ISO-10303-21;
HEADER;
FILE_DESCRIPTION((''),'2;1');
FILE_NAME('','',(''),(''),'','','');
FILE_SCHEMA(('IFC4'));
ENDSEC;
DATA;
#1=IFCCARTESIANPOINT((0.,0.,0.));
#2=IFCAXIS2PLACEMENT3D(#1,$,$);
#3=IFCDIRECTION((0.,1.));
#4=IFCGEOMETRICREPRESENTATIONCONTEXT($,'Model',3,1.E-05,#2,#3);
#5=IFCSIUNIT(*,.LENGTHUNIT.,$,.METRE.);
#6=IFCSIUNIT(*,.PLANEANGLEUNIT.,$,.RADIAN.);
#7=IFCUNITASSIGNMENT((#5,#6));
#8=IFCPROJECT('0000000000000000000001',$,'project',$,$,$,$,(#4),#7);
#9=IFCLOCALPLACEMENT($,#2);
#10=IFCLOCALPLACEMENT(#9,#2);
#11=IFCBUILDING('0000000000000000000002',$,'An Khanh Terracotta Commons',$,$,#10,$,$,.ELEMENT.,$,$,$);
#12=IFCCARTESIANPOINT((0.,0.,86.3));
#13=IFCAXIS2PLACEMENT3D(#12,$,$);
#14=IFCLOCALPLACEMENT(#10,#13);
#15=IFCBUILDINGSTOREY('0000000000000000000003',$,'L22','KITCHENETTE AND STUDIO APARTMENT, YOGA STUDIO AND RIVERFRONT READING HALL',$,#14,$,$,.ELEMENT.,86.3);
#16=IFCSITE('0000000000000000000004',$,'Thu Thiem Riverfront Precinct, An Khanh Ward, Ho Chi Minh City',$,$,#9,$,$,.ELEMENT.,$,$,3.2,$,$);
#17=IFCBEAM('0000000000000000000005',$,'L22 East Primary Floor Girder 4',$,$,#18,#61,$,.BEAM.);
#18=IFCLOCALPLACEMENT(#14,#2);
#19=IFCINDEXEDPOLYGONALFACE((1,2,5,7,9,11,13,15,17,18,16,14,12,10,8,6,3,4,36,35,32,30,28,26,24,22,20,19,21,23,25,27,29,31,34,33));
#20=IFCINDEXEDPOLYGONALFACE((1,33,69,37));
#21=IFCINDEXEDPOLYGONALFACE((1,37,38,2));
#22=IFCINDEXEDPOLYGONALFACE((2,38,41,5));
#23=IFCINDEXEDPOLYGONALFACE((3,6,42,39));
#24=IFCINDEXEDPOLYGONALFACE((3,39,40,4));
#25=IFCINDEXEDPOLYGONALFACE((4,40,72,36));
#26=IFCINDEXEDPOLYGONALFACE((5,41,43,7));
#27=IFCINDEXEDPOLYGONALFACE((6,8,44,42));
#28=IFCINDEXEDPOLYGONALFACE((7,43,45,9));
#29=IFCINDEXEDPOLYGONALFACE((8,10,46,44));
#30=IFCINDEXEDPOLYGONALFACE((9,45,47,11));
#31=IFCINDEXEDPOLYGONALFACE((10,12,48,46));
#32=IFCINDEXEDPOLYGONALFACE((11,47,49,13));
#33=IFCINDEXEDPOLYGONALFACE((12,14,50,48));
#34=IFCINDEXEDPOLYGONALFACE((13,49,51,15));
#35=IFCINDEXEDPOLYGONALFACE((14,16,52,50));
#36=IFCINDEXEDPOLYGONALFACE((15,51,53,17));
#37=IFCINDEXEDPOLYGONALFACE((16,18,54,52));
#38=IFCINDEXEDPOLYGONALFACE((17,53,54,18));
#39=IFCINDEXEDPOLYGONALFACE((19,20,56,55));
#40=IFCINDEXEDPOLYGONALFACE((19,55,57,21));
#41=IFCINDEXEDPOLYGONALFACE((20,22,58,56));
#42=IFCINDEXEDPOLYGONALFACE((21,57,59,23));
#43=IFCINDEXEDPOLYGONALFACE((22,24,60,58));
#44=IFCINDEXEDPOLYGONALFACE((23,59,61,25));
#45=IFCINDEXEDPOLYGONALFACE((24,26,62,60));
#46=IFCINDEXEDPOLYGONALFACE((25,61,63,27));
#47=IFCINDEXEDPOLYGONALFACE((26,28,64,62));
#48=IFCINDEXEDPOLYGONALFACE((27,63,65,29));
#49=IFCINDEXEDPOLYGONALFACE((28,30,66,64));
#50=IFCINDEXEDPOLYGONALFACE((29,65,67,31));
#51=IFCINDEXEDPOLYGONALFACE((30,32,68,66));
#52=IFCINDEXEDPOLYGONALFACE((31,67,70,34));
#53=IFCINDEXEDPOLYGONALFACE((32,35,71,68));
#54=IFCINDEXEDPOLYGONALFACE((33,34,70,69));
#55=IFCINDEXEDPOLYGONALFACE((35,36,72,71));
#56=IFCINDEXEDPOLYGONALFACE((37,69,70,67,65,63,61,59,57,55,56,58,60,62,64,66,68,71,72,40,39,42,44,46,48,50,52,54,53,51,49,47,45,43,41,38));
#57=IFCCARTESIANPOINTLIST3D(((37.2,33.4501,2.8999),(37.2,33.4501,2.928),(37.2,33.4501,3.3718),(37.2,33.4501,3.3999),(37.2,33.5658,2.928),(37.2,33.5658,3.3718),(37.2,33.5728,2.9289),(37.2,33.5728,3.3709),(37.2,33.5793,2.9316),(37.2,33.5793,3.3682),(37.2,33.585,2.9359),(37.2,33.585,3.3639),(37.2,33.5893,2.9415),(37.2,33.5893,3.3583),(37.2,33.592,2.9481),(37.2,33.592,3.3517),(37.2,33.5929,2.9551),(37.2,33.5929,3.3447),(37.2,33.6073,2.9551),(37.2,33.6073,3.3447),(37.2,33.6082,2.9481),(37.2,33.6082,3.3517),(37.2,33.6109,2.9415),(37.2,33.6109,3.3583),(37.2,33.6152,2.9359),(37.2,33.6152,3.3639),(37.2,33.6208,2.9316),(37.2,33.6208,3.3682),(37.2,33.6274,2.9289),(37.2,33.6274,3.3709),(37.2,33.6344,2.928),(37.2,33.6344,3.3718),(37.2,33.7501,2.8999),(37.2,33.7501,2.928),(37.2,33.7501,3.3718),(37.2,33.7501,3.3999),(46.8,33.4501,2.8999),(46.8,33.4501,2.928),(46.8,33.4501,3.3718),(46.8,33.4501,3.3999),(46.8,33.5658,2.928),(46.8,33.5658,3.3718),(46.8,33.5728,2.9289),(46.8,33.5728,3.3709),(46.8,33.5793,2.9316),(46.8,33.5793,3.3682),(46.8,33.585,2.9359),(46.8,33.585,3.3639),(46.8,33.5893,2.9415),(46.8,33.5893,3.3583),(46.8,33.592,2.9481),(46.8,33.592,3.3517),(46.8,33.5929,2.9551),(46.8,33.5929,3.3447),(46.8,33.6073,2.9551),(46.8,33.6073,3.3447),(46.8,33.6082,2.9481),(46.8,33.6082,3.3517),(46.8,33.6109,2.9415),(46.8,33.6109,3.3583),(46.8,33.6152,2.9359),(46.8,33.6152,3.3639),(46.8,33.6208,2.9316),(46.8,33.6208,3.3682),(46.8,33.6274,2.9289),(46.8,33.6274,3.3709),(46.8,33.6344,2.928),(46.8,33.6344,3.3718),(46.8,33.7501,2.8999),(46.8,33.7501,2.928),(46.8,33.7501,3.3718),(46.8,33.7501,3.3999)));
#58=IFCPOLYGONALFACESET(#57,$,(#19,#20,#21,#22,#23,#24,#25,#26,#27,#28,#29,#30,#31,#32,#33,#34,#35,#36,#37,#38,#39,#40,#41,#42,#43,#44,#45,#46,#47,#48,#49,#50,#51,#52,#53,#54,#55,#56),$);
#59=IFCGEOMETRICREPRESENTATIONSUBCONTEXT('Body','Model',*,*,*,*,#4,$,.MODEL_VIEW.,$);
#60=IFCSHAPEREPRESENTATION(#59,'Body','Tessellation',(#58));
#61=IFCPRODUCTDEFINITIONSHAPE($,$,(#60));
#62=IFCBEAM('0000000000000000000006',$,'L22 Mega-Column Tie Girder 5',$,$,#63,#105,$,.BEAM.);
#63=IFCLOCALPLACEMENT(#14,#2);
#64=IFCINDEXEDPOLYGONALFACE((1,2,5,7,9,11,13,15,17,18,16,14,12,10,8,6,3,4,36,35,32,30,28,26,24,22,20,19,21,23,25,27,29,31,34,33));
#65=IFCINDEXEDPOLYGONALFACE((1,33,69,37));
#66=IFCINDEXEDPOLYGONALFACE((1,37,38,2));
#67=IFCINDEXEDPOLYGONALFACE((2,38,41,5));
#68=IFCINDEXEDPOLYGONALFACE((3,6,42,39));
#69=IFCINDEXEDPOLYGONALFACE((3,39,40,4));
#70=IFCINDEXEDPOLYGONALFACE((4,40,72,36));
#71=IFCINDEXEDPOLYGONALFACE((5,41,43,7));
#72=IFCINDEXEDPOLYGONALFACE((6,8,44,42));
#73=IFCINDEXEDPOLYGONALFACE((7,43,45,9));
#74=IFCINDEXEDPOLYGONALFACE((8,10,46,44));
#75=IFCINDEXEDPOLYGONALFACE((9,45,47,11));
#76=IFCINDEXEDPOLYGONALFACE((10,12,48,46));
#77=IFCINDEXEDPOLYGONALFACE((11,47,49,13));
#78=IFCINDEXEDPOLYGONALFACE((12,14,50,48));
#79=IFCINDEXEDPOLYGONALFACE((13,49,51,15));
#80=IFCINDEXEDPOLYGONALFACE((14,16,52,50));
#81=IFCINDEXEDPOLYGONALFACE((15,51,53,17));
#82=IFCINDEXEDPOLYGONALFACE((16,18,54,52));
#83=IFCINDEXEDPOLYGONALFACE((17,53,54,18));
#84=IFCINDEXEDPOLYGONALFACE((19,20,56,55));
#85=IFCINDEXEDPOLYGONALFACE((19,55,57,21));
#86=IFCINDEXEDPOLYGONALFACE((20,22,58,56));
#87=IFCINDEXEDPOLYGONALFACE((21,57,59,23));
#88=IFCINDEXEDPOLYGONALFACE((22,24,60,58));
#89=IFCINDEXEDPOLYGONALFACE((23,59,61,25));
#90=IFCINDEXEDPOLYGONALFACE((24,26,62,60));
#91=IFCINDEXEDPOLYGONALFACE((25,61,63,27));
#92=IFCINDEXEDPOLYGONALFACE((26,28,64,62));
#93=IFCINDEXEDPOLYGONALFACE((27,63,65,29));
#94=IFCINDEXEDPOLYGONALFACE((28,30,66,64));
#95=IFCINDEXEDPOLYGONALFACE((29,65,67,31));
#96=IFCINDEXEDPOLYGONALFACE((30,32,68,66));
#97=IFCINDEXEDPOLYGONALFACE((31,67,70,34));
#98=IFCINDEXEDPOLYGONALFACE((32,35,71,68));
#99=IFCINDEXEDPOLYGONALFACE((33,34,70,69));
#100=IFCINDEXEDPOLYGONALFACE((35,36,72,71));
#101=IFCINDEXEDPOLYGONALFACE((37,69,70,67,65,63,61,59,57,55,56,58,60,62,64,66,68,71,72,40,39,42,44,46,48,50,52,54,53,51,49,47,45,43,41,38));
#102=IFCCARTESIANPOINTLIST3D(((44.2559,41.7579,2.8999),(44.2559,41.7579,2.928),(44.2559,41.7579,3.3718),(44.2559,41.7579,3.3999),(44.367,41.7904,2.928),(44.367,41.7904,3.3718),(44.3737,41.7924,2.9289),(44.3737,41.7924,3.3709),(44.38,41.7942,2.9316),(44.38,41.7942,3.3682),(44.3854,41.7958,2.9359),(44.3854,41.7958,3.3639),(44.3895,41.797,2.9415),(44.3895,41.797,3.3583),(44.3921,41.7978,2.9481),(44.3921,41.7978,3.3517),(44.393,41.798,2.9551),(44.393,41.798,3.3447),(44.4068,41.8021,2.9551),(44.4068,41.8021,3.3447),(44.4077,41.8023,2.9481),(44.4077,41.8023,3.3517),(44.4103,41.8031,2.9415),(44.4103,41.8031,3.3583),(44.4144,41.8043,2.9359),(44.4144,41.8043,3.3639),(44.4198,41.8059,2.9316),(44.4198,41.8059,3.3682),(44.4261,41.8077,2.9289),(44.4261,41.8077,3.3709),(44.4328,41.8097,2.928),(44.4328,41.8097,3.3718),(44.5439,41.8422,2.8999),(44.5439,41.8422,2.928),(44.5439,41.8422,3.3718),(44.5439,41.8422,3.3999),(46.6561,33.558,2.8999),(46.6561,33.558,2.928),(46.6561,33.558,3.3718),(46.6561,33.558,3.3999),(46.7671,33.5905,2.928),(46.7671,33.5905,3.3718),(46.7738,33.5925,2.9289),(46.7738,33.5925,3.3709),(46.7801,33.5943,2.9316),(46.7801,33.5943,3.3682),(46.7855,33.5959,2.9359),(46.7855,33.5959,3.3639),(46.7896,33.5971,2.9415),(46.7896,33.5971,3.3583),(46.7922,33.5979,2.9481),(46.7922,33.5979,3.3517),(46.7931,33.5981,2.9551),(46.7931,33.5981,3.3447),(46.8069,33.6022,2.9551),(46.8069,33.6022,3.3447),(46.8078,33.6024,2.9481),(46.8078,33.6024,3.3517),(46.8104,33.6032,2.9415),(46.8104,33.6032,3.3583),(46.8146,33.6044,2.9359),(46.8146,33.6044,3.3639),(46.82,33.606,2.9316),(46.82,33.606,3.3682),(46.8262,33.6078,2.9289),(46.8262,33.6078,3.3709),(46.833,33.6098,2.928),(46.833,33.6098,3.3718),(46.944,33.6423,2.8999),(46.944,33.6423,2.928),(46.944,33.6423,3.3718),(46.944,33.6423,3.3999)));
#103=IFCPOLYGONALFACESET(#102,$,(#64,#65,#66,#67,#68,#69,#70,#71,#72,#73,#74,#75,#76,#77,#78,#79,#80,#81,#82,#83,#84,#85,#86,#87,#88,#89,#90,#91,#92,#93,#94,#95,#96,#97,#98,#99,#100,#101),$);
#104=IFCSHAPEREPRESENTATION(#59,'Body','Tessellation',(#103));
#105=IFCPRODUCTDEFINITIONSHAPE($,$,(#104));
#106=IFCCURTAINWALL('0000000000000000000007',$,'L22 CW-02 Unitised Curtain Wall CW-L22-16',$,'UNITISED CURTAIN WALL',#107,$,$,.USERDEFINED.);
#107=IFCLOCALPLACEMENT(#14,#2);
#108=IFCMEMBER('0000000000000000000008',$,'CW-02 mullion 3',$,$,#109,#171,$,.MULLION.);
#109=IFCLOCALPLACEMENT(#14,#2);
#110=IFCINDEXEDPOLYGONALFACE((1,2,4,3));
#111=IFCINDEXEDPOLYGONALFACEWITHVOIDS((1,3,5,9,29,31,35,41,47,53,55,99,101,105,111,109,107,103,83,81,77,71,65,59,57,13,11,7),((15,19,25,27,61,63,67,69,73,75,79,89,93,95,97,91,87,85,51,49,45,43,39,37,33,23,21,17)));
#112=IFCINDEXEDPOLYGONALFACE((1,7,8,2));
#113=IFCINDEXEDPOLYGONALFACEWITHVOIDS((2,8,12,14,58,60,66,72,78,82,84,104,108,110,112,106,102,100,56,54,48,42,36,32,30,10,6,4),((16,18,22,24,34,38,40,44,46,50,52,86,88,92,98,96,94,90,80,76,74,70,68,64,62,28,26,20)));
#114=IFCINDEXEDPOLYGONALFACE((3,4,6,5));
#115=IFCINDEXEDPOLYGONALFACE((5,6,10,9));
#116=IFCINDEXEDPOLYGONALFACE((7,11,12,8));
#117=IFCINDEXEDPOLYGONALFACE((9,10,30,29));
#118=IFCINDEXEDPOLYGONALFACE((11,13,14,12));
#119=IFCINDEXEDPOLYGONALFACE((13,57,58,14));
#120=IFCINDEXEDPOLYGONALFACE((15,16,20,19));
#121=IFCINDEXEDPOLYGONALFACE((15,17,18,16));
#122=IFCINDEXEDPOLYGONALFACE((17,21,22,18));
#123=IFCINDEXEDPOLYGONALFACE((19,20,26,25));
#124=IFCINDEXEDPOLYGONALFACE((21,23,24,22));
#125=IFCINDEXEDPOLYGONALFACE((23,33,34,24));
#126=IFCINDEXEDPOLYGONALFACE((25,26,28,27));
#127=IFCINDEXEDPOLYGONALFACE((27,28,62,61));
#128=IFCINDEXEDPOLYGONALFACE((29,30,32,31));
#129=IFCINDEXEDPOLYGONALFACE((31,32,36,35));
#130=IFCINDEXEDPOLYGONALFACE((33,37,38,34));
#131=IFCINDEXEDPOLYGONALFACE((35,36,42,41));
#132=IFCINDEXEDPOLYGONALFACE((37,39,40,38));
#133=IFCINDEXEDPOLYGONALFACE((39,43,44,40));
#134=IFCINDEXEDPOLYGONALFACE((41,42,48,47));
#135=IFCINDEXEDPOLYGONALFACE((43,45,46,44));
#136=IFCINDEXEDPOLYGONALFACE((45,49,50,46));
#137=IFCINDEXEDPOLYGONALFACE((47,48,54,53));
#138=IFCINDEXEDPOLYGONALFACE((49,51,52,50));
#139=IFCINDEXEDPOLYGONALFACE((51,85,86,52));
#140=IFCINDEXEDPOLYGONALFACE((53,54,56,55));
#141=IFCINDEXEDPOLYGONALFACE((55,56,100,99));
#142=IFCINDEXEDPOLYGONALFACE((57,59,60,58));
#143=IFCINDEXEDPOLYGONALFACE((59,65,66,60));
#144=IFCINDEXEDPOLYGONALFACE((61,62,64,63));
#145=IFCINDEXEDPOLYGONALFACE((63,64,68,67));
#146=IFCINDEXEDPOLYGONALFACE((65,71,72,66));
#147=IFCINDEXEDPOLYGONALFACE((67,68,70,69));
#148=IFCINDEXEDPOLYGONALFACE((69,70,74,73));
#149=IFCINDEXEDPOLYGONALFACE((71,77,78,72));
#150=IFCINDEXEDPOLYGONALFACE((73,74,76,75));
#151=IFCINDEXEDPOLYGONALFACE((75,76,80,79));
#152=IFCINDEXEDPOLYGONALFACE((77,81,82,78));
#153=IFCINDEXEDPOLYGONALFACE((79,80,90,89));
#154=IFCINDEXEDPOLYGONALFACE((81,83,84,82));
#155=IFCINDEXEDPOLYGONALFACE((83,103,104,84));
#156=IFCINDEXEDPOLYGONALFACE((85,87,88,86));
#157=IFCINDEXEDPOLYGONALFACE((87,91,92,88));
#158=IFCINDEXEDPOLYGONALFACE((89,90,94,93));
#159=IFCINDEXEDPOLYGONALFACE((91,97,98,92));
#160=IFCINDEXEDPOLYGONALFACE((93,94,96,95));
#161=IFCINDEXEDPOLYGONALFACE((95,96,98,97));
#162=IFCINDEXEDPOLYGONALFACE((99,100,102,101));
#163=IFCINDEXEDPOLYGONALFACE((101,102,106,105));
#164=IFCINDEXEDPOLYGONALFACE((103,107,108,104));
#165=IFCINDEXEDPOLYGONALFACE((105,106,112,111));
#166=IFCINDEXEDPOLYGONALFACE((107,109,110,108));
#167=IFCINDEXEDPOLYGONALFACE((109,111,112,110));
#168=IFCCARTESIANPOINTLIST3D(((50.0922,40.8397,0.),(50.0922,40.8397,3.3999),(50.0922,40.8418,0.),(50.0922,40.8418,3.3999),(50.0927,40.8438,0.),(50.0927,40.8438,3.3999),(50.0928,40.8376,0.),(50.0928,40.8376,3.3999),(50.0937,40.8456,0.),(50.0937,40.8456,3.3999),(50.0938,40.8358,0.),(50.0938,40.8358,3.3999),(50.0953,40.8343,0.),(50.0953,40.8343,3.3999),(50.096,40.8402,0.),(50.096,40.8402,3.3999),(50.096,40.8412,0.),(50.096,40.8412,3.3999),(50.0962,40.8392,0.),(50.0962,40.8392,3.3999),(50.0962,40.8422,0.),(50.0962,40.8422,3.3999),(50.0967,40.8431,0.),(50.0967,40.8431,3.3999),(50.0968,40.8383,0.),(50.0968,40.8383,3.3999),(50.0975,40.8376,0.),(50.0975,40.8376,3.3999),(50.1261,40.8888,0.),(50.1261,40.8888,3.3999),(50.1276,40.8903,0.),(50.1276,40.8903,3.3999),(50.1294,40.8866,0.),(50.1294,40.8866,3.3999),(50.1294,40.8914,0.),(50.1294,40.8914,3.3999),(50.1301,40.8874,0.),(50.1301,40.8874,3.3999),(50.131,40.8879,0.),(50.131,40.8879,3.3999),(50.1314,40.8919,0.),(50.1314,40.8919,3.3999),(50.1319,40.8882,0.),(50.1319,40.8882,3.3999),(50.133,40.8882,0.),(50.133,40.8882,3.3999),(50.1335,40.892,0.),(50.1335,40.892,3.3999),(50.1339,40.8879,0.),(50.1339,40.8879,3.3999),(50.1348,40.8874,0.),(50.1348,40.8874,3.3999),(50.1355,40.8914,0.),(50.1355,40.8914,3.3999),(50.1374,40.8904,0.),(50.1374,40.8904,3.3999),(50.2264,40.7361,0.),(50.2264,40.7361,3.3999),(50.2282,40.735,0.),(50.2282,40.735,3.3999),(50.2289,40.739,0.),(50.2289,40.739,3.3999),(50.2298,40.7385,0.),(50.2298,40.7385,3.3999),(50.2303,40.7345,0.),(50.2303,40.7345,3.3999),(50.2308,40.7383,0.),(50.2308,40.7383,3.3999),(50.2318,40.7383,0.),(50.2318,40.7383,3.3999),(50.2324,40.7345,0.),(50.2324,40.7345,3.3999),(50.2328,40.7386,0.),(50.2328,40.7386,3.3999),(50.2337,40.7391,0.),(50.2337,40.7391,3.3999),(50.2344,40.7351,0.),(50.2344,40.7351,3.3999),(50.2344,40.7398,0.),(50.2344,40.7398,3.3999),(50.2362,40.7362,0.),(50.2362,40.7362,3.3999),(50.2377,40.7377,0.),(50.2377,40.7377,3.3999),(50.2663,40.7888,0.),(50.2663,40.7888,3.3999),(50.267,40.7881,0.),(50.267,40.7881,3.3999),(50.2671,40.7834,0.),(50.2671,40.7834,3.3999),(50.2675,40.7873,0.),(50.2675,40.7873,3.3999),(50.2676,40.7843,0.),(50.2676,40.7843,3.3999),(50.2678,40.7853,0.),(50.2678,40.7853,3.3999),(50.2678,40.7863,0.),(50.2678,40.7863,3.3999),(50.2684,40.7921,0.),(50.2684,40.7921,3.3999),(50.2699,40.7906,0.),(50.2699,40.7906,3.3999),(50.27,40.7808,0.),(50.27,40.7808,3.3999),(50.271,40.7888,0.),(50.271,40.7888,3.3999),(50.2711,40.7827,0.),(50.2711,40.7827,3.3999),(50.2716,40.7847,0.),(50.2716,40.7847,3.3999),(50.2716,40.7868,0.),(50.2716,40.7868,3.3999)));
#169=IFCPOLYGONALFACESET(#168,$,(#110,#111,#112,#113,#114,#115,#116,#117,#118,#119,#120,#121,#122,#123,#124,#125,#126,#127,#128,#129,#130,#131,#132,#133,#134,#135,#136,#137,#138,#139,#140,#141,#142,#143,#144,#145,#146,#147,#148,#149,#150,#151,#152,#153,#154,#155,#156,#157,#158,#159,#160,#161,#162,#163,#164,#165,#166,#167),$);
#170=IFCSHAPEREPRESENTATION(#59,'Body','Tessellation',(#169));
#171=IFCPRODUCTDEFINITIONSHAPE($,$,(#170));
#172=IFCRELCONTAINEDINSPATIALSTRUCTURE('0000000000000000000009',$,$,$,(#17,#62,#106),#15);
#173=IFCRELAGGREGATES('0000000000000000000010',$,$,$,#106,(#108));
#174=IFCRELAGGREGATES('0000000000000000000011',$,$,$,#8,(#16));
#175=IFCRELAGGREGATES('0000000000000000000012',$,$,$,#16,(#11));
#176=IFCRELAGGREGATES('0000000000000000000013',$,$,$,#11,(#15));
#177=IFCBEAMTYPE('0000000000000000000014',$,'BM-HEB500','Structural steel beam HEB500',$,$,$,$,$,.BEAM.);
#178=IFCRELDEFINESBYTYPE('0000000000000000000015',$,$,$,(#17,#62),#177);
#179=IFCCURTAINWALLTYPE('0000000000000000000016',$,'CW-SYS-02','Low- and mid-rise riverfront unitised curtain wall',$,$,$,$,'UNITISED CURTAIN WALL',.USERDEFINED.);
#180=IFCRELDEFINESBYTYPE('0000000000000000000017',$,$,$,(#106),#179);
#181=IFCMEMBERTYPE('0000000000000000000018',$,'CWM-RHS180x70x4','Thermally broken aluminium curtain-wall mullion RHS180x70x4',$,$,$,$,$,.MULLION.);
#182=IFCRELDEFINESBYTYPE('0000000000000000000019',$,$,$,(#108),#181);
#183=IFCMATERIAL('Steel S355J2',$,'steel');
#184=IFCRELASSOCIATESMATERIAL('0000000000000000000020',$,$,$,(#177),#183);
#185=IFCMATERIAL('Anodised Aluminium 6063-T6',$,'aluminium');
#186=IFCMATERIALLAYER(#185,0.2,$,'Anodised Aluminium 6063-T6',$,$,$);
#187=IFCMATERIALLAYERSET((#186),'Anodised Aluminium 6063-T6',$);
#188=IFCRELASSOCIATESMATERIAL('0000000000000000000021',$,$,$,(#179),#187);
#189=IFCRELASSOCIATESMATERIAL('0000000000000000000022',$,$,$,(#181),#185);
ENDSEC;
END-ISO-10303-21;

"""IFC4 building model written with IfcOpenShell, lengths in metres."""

from ifc_helpers import new_model, si_unit, direction, frame, origin, origin_2d, place, context, subcontext, project, spatial, hollow_rectangle, i_section, extrude, material, layer, layer_set, material_profile, profile_set, type_object, element, aggregate, save


model = new_model("IFC4")

# Units and contexts
model_context = context("Model", 3, precision=1e-05, world=origin(), true_north=direction((0.0, 1.0)))
body_context = subcontext(model_context, "Body", "Model", "MODEL_VIEW")
ifc_project = project(units=[si_unit("LENGTHUNIT", "METRE"), si_unit("PLANEANGLEUNIT", "RADIAN")], contexts=[model_context])

# Site, building, storey
site_placement = place(None, origin())
site = spatial("IfcSite", under=ifc_project, at=site_placement, Name="Thu Thiem Riverfront Precinct, An Khanh Ward, Ho Chi Minh City", CompositionType="ELEMENT", RefElevation=3.2)
building_placement = place(site_placement, origin())
building = spatial("IfcBuilding", under=site, at=building_placement, Name="An Khanh Terracotta Commons", CompositionType="ELEMENT")
storey_placement = place(building_placement, frame((0.0, 0.0, 86.3)))
storey = spatial("IfcBuildingStorey", under=building, at=storey_placement, Name="L22", Description="KITCHENETTE AND STUDIO APARTMENT, YOGA STUDIO AND RIVERFRONT READING HALL", CompositionType="ELEMENT", Elevation=86.3)

# Beams
ifc_material_1 = material(Name="Steel S355J2", Category="steel")
ifc_material_profile_1 = material_profile(ifc_material_1, i_section(OverallWidth=0.3, OverallDepth=0.5, WebThickness=0.0144, FlangeThickness=0.0281, FilletRadius=0.0271, at=origin_2d()), Name="HEB500")
ifc_profile_set_1 = profile_set([ifc_material_profile_1], Name="Steel S355J2")
beam_type = type_object("IfcBeamType", Name="BM-HEB500", Description="Structural steel beam HEB500", PredefinedType="BEAM", material=ifc_profile_set_1)
beam_1_placement = place(storey_placement, frame((37.2, 33.6001, 3.1499), z_axis=(1.0, 0.0, 0.0), x_axis=(0.0, 1.0, 0.0)))
element("IfcBeam", 1, at=beam_1_placement, inside=storey, type_object=beam_type, Name="L22 East Primary Floor Girder 4", PredefinedType="BEAM", context=body_context, shape_type="SweptSolid", body=[
    extrude(i_section(OverallWidth=0.3, OverallDepth=0.5, WebThickness=0.0144, FlangeThickness=0.0281, FilletRadius=0.0271, at=origin_2d()), origin(), (0.0, 0.0, 1.0), 9.6001),
])
beam_2_placement = place(storey_placement, frame((44.3999, 41.8, 3.1499), z_axis=(0.280916, -0.959732, 0.0), x_axis=(0.959732, 0.280916, 0.0)))
element("IfcBeam", 2, at=beam_2_placement, inside=storey, type_object=beam_type, Name="L22 Mega-Column Tie Girder 5", PredefinedType="BEAM", context=body_context, shape_type="SweptSolid", body=[
    extrude(i_section(OverallWidth=0.3, OverallDepth=0.5, WebThickness=0.0144, FlangeThickness=0.0281, FilletRadius=0.0271, at=origin_2d()), origin(), (0.0, 0.0, 1.0), 8.5439),
])

# Curtain wall, member
ifc_material_2 = material(Name="Anodised Aluminium 6063-T6", Category="aluminium")
ifc_layer_1 = layer(ifc_material_2, 0.2, Name="Anodised Aluminium 6063-T6")
ifc_layer_set_1 = layer_set([ifc_layer_1], Name="Anodised Aluminium 6063-T6")
curtain_wall_type = type_object("IfcCurtainWallType", Name="CW-SYS-02", Description="Low- and mid-rise riverfront unitised curtain wall", ElementType="UNITISED CURTAIN WALL", PredefinedType="USERDEFINED", material=ifc_layer_set_1)
curtain_wall_placement = place(storey_placement, origin())
curtain_wall = element("IfcCurtainWall", 3, at=curtain_wall_placement, inside=storey, type_object=curtain_wall_type, Name="L22 CW-02 Unitised Curtain Wall CW-L22-16", ObjectType="UNITISED CURTAIN WALL", PredefinedType="USERDEFINED")
ifc_material_profile_2 = material_profile(ifc_material_2, hollow_rectangle(XDim=0.0701, YDim=0.1799, WallThickness=0.0039, InnerFilletRadius=0.0039, OuterFilletRadius=0.0081, at=origin_2d()), Name="RHS180x70x4")
ifc_profile_set_2 = profile_set([ifc_material_profile_2], Name="Anodised Aluminium 6063-T6")
member_type_1 = type_object("IfcMemberType", Name="CWM-RHS180x70x4", Description="Thermally broken aluminium curtain-wall mullion RHS180x70x4", PredefinedType="MULLION", material=ifc_profile_set_2)
member_1_placement = place(storey_placement, frame((50.1819, 40.8132, 0.0), z_axis=(0.0, 0.0, 1.0), x_axis=(-0.599983, -0.800013, 0.0)))
member_1 = element("IfcMember", 4, at=member_1_placement, type_object=member_type_1, Name="CW-02 mullion 3", PredefinedType="MULLION", context=body_context, shape_type="SweptSolid", body=[
    extrude(hollow_rectangle(XDim=0.0701, YDim=0.1799, WallThickness=0.0039, InnerFilletRadius=0.0039, OuterFilletRadius=0.0081, at=origin_2d()), origin(), (0.0, 0.0, 1.0), 3.3999),
])
aggregate(curtain_wall, [member_1])

save(model, "model.ifc")
